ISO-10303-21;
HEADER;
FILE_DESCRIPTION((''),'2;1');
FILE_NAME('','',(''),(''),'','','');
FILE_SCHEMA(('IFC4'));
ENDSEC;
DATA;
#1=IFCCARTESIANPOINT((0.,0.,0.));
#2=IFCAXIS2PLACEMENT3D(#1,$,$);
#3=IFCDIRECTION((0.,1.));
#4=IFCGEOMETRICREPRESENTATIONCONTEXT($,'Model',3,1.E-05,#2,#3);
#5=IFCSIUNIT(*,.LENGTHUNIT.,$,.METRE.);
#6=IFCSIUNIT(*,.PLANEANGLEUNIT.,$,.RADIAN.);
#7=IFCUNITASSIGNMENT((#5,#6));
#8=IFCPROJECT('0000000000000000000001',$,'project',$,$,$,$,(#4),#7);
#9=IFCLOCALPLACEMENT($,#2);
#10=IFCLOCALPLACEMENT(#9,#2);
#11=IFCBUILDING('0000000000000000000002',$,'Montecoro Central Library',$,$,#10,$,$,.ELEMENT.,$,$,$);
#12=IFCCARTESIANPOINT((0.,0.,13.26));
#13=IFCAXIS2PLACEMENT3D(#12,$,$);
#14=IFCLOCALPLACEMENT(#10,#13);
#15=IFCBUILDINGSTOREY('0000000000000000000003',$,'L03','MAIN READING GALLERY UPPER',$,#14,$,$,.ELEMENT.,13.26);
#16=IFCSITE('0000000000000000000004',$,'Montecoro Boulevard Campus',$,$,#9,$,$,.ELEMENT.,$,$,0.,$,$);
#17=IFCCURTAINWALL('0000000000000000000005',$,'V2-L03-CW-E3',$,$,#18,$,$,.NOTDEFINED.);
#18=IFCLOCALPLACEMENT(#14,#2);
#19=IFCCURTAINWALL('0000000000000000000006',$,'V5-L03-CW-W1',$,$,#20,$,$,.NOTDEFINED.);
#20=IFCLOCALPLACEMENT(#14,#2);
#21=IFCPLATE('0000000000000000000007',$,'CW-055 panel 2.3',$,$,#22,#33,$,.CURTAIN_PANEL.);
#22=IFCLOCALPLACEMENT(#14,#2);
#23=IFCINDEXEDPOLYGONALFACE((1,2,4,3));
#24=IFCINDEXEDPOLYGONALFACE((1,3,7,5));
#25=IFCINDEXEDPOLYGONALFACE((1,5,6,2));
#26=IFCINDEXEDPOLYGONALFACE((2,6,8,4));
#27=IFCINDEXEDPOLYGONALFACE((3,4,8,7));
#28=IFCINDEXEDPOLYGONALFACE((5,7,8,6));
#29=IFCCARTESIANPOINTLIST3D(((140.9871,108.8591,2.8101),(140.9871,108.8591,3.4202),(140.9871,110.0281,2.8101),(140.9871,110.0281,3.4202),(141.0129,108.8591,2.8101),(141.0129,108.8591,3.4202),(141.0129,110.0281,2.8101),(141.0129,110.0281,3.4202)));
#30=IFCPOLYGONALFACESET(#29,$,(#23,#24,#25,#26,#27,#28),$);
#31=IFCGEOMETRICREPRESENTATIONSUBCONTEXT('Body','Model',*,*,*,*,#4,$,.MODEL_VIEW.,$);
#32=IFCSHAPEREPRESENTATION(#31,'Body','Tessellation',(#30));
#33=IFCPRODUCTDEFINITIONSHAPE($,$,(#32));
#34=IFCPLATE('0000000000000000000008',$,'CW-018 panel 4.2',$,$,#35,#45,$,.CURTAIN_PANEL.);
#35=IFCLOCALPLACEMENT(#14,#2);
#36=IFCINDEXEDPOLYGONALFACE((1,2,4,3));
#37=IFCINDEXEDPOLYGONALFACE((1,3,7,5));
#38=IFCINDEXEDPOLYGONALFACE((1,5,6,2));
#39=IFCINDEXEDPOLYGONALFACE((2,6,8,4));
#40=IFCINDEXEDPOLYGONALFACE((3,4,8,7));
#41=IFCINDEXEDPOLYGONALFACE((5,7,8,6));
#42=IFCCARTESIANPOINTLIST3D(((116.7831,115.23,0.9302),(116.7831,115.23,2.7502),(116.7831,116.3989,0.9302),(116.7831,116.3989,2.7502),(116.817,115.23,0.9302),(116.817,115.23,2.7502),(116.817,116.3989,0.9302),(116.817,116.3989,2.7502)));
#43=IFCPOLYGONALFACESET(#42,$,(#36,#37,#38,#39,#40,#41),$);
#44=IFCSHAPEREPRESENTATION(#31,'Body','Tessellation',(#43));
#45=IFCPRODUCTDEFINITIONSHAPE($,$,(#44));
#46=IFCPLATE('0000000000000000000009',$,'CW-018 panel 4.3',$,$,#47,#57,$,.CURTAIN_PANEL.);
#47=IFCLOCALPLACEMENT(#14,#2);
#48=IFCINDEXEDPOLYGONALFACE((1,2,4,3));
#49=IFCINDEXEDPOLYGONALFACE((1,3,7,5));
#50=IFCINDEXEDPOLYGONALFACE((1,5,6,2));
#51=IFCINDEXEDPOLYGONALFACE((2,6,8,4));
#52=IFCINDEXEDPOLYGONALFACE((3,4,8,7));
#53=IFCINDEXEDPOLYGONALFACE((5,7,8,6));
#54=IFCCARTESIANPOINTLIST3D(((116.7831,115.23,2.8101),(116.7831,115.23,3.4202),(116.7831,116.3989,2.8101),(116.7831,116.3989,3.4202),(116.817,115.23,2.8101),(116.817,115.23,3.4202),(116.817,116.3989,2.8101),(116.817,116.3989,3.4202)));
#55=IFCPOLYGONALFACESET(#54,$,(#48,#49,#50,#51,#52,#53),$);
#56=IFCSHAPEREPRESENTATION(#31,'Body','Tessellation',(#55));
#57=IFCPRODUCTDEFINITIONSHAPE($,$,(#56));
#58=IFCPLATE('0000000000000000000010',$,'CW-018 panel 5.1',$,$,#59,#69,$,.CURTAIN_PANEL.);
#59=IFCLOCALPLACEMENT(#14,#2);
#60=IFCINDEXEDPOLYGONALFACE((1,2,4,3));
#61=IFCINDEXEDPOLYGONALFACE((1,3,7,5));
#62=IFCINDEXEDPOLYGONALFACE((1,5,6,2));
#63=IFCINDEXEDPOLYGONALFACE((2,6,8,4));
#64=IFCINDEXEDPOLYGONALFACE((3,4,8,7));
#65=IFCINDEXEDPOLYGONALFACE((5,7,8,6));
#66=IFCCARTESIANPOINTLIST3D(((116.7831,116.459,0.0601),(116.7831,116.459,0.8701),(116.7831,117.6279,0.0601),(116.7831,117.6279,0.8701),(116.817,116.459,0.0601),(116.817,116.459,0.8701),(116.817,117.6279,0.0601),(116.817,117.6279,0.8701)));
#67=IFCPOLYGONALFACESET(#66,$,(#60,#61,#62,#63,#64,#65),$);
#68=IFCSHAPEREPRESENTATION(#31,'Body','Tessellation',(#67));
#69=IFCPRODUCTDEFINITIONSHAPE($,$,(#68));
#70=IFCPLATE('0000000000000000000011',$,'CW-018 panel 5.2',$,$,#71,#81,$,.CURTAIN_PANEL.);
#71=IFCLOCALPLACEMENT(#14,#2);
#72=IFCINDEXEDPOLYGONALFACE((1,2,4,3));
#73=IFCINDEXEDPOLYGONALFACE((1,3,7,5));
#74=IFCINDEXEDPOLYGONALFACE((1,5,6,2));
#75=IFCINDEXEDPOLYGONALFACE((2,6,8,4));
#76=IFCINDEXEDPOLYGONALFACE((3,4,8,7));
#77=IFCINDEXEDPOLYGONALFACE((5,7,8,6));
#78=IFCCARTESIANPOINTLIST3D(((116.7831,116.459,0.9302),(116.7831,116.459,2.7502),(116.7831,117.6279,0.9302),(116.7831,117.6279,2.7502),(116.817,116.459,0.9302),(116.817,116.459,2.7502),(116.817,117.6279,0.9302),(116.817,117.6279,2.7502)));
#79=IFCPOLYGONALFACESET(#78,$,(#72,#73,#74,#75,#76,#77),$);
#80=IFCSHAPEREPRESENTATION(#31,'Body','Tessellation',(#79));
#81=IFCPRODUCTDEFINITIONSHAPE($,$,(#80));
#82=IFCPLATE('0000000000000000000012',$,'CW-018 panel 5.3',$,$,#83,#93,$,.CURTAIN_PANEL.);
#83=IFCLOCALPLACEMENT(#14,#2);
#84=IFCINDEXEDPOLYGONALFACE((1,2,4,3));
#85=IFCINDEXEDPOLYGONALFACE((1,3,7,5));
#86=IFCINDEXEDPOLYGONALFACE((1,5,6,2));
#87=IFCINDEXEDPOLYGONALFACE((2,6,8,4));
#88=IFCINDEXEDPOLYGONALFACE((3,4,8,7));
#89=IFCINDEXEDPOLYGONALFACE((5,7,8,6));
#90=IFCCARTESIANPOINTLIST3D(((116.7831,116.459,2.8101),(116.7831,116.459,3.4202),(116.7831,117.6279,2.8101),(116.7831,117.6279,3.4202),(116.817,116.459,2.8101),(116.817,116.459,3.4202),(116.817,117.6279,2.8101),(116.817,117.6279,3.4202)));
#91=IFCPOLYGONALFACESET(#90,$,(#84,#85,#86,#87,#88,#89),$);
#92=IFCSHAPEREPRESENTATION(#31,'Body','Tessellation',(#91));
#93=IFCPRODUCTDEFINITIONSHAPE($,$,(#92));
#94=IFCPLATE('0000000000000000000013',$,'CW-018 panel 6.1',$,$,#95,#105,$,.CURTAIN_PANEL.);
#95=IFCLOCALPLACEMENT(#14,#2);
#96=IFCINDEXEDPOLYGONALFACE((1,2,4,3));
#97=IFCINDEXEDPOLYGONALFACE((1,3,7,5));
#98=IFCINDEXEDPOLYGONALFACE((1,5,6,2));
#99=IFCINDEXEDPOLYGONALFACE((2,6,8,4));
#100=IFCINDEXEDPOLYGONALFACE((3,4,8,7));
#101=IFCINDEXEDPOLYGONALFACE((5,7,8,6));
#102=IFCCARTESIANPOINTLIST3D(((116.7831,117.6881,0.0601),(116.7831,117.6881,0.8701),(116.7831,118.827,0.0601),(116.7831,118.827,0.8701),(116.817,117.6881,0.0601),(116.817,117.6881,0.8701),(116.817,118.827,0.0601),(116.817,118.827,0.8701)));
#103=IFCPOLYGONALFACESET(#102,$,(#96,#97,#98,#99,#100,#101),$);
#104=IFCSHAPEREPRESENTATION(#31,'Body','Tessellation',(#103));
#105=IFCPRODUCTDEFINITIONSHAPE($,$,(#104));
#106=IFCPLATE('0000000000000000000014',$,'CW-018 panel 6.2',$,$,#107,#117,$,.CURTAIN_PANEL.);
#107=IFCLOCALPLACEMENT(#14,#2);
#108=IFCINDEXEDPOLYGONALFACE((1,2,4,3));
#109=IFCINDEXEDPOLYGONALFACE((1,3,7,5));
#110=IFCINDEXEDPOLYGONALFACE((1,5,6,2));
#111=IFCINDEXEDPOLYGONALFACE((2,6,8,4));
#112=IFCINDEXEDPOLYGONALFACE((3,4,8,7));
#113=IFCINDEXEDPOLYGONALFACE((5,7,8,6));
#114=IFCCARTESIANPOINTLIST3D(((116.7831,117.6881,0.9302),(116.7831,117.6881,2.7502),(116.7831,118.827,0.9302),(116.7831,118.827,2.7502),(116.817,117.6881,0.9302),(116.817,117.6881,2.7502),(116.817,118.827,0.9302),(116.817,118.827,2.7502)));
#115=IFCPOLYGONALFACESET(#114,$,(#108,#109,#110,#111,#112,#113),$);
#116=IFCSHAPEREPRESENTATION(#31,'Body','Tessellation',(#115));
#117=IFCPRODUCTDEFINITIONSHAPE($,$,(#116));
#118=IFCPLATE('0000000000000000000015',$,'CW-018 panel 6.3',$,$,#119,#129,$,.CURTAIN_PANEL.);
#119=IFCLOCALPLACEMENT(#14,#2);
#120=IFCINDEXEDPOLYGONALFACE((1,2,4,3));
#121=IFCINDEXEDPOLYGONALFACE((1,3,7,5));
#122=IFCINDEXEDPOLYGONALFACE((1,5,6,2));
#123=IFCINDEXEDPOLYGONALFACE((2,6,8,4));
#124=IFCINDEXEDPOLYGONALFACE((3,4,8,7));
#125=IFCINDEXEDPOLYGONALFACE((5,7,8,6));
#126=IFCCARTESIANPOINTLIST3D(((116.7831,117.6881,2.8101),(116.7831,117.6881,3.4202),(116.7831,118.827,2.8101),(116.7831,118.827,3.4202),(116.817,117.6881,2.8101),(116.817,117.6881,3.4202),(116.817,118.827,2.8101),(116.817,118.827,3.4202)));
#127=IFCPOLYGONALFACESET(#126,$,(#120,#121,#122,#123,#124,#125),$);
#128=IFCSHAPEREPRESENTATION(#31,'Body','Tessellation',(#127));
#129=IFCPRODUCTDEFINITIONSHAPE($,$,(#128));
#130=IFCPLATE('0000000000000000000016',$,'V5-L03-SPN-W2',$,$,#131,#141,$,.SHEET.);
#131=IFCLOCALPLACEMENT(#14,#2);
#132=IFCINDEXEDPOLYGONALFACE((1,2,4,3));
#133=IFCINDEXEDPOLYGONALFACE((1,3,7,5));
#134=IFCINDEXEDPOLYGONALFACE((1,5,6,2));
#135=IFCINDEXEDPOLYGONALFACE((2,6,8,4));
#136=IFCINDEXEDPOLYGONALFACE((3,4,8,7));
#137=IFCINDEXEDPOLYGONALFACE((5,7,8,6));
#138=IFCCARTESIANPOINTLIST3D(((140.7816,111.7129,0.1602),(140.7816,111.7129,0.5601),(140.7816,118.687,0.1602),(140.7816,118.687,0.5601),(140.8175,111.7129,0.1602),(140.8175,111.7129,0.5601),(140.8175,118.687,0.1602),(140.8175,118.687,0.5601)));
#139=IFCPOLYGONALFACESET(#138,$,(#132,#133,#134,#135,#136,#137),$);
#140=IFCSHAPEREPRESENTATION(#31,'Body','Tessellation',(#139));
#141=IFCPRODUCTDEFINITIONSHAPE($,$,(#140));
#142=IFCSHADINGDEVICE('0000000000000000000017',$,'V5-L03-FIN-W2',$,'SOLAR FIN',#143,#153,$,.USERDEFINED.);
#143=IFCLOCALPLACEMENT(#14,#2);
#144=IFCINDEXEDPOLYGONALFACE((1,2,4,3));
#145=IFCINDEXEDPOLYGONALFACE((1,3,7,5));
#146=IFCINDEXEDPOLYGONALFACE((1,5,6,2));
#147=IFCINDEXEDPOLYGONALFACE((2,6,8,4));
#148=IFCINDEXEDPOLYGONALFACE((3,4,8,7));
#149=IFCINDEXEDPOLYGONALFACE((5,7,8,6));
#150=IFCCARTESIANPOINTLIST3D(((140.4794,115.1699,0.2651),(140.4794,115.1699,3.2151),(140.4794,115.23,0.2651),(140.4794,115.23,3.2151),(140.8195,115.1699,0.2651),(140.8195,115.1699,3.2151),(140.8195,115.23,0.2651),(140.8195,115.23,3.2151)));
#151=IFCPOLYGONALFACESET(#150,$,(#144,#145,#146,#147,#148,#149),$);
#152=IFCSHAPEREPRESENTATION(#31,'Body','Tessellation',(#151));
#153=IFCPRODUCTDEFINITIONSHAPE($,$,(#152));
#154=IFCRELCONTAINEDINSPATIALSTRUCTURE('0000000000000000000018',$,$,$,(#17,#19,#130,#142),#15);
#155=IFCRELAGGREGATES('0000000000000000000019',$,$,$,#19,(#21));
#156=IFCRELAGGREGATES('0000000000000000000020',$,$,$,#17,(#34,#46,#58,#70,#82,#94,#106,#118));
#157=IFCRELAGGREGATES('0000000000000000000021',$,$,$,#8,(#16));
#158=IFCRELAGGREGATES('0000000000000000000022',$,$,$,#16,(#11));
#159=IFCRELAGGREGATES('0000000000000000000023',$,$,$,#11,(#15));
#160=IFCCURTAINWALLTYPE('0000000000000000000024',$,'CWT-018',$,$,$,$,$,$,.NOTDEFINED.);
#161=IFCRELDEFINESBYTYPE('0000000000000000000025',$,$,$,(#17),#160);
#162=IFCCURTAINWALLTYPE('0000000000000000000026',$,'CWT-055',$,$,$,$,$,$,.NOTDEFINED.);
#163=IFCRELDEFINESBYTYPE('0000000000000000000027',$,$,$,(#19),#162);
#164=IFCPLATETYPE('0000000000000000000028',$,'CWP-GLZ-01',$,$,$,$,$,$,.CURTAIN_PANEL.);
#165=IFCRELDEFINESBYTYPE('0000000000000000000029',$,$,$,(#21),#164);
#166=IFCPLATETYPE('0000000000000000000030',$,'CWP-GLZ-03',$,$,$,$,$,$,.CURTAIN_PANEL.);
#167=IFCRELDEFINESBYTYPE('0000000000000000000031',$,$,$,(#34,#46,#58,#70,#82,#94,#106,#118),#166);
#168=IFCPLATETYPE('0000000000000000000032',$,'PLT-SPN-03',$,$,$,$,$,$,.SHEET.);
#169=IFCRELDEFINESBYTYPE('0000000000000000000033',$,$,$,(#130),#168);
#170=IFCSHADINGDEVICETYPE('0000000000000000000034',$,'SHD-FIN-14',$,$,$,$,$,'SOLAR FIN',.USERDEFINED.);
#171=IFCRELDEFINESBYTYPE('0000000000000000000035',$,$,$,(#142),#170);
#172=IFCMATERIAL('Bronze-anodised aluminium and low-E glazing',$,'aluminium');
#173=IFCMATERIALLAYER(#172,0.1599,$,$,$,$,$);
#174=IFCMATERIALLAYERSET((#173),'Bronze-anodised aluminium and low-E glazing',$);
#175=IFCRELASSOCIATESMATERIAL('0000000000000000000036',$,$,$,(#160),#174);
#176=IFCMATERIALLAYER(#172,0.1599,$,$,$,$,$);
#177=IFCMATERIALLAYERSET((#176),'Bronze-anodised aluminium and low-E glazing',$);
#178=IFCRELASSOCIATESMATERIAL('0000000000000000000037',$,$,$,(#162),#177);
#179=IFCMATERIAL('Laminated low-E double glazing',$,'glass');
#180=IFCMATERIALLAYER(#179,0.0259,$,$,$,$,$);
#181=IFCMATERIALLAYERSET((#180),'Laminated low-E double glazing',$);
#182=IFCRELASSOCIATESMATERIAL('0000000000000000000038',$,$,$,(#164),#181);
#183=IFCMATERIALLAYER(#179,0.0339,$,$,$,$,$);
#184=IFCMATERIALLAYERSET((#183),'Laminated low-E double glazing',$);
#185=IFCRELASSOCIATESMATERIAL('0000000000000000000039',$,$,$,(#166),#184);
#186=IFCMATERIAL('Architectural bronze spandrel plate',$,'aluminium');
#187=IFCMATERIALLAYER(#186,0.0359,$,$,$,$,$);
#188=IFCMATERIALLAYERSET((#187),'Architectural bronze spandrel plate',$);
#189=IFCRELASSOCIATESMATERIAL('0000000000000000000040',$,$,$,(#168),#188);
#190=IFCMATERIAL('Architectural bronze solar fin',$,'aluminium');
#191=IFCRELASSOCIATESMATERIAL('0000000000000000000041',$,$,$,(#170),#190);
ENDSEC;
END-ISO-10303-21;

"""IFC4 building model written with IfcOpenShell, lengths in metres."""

from ifc_helpers import new_model, si_unit, direction, frame, origin, origin_2d, place, context, subcontext, project, spatial, rectangle, extrude, material, layer, layer_set, type_object, element, aggregate, save


model = new_model("IFC4")

# Units and contexts
model_context = context("Model", 3, precision=1e-05, world=origin(), true_north=direction((0.0, 1.0)))
body_context = subcontext(model_context, "Body", "Model", "MODEL_VIEW")
ifc_project = project(units=[si_unit("LENGTHUNIT", "METRE"), si_unit("PLANEANGLEUNIT", "RADIAN")], contexts=[model_context])

# Site, building, storey
site_placement = place(None, origin())
site = spatial("IfcSite", under=ifc_project, at=site_placement, Name="Montecoro Boulevard Campus", CompositionType="ELEMENT", RefElevation=0.0)
building_placement = place(site_placement, origin())
building = spatial("IfcBuilding", under=site, at=building_placement, Name="Montecoro Central Library", CompositionType="ELEMENT")
storey_placement = place(building_placement, frame((0.0, 0.0, 13.26)))
storey = spatial("IfcBuildingStorey", under=building, at=storey_placement, Name="L03", Description="MAIN READING GALLERY UPPER", CompositionType="ELEMENT", Elevation=13.26)

# Curtain wall
ifc_material_1 = material(Name="Bronze-anodised aluminium and low-E glazing", Category="aluminium")
ifc_layer_1 = layer(ifc_material_1, 0.1599)
ifc_layer_set_1 = layer_set([ifc_layer_1], Name="Bronze-anodised aluminium and low-E glazing")
curtain_wall_type_1 = type_object("IfcCurtainWallType", Name="CWT-018", PredefinedType="NOTDEFINED", material=ifc_layer_set_1)
curtain_wall_1_placement = place(storey_placement, origin())
curtain_wall_1 = element("IfcCurtainWall", 1, at=curtain_wall_1_placement, inside=storey, type_object=curtain_wall_type_1, Name="V2-L03-CW-E3", PredefinedType="NOTDEFINED")

# Curtain wall
ifc_layer_2 = layer(ifc_material_1, 0.1599)
ifc_layer_set_2 = layer_set([ifc_layer_2], Name="Bronze-anodised aluminium and low-E glazing")
curtain_wall_type_2 = type_object("IfcCurtainWallType", Name="CWT-055", PredefinedType="NOTDEFINED", material=ifc_layer_set_2)
curtain_wall_2_placement = place(storey_placement, origin())
curtain_wall_2 = element("IfcCurtainWall", 2, at=curtain_wall_2_placement, inside=storey, type_object=curtain_wall_type_2, Name="V5-L03-CW-W1", PredefinedType="NOTDEFINED")

# Plates
ifc_material_2 = material(Name="Laminated low-E double glazing", Category="glass")
ifc_layer_3 = layer(ifc_material_2, 0.0259)
ifc_layer_set_3 = layer_set([ifc_layer_3], Name="Laminated low-E double glazing")
plate_type_1 = type_object("IfcPlateType", Name="CWP-GLZ-01", PredefinedType="CURTAIN_PANEL", material=ifc_layer_set_3)
plate_1_placement = place(storey_placement, frame((141.0, 109.4436, 2.8101), z_axis=(0.0, 0.0, 1.0), x_axis=(0.0, -1.0, 0.0)))
plate_1 = element("IfcPlate", 3, at=plate_1_placement, type_object=plate_type_1, Name="CW-055 panel 2.3", PredefinedType="CURTAIN_PANEL", context=body_context, shape_type="SweptSolid", body=[
    extrude(rectangle(XDim=1.1689, YDim=0.0259, at=origin_2d()), origin(), (0.0, 0.0, 1.0), 0.6101),
])
aggregate(curtain_wall_2, [plate_1])
ifc_layer_4 = layer(ifc_material_2, 0.0339)
ifc_layer_set_4 = layer_set([ifc_layer_4], Name="Laminated low-E double glazing")
plate_type_2 = type_object("IfcPlateType", Name="CWP-GLZ-03", PredefinedType="CURTAIN_PANEL", material=ifc_layer_set_4)
plate_2_placement = place(storey_placement, frame((116.8, 115.8145, 0.9302), z_axis=(0.0, 0.0, 1.0), x_axis=(0.0, 1.0, 0.0)))
plate_2 = element("IfcPlate", 4, at=plate_2_placement, type_object=plate_type_2, Name="CW-018 panel 4.2", PredefinedType="CURTAIN_PANEL", context=body_context, shape_type="SweptSolid", body=[
    extrude(rectangle(XDim=1.1689, YDim=0.0339, at=origin_2d()), origin(), (0.0, 0.0, 1.0), 1.8201),
])
plate_3_placement = place(storey_placement, frame((116.8, 115.8145, 2.8101), z_axis=(0.0, 0.0, 1.0), x_axis=(0.0, 1.0, 0.0)))
plate_3 = element("IfcPlate", 5, at=plate_3_placement, type_object=plate_type_2, Name="CW-018 panel 4.3", PredefinedType="CURTAIN_PANEL", context=body_context, shape_type="SweptSolid", body=[
    extrude(rectangle(XDim=1.1689, YDim=0.0339, at=origin_2d()), origin(), (0.0, 0.0, 1.0), 0.6101),
])
plate_4_placement = place(storey_placement, frame((116.8, 117.0435, 0.0601), z_axis=(0.0, 0.0, 1.0), x_axis=(0.0, 1.0, 0.0)))
plate_4 = element("IfcPlate", 6, at=plate_4_placement, type_object=plate_type_2, Name="CW-018 panel 5.1", PredefinedType="CURTAIN_PANEL", context=body_context, shape_type="SweptSolid", body=[
    extrude(rectangle(XDim=1.1689, YDim=0.0339, at=origin_2d()), origin(), (0.0, 0.0, 1.0), 0.8101),
])
plate_5_placement = place(storey_placement, frame((116.8, 117.0435, 0.9302), z_axis=(0.0, 0.0, 1.0), x_axis=(0.0, 1.0, 0.0)))
plate_5 = element("IfcPlate", 7, at=plate_5_placement, type_object=plate_type_2, Name="CW-018 panel 5.2", PredefinedType="CURTAIN_PANEL", context=body_context, shape_type="SweptSolid", body=[
    extrude(rectangle(XDim=1.1689, YDim=0.0339, at=origin_2d()), origin(), (0.0, 0.0, 1.0), 1.8201),
])
plate_6_placement = place(storey_placement, frame((116.8, 117.0435, 2.8101), z_axis=(0.0, 0.0, 1.0), x_axis=(0.0, 1.0, 0.0)))
plate_6 = element("IfcPlate", 8, at=plate_6_placement, type_object=plate_type_2, Name="CW-018 panel 5.3", PredefinedType="CURTAIN_PANEL", context=body_context, shape_type="SweptSolid", body=[
    extrude(rectangle(XDim=1.1689, YDim=0.0339, at=origin_2d()), origin(), (0.0, 0.0, 1.0), 0.6101),
])
plate_7_placement = place(storey_placement, frame((116.8, 118.2576, 0.0601), z_axis=(0.0, 0.0, 1.0), x_axis=(0.0, 1.0, 0.0)))
plate_7 = element("IfcPlate", 9, at=plate_7_placement, type_object=plate_type_2, Name="CW-018 panel 6.1", PredefinedType="CURTAIN_PANEL", context=body_context, shape_type="SweptSolid", body=[
    extrude(rectangle(XDim=1.1389, YDim=0.0339, at=origin_2d()), origin(), (0.0, 0.0, 1.0), 0.8101),
])
plate_8_placement = place(storey_placement, frame((116.8, 118.2576, 0.9302), z_axis=(0.0, 0.0, 1.0), x_axis=(0.0, 1.0, 0.0)))
plate_8 = element("IfcPlate", 10, at=plate_8_placement, type_object=plate_type_2, Name="CW-018 panel 6.2", PredefinedType="CURTAIN_PANEL", context=body_context, shape_type="SweptSolid", body=[
    extrude(rectangle(XDim=1.1389, YDim=0.0339, at=origin_2d()), origin(), (0.0, 0.0, 1.0), 1.8201),
])
plate_9_placement = place(storey_placement, frame((116.8, 118.2576, 2.8101), z_axis=(0.0, 0.0, 1.0), x_axis=(0.0, 1.0, 0.0)))
plate_9 = element("IfcPlate", 11, at=plate_9_placement, type_object=plate_type_2, Name="CW-018 panel 6.3", PredefinedType="CURTAIN_PANEL", context=body_context, shape_type="SweptSolid", body=[
    extrude(rectangle(XDim=1.1389, YDim=0.0339, at=origin_2d()), origin(), (0.0, 0.0, 1.0), 0.6101),
])
aggregate(curtain_wall_1, [plate_2, plate_3, plate_4, plate_5, plate_6, plate_7, plate_8, plate_9])
ifc_material_3 = material(Name="Architectural bronze spandrel plate", Category="aluminium")
ifc_layer_5 = layer(ifc_material_3, 0.0359)
ifc_layer_set_5 = layer_set([ifc_layer_5], Name="Architectural bronze spandrel plate")
plate_type_3 = type_object("IfcPlateType", Name="PLT-SPN-03", PredefinedType="SHEET", material=ifc_layer_set_5)
plate_10_placement = place(storey_placement, frame((140.7996, 115.2, 0.1602), z_axis=(0.0, 0.0, 1.0), x_axis=(0.0, -1.0, 0.0)))
element("IfcPlate", 12, at=plate_10_placement, inside=storey, type_object=plate_type_3, Name="V5-L03-SPN-W2", PredefinedType="SHEET", context=body_context, shape_type="SweptSolid", body=[
    extrude(rectangle(XDim=6.9741, YDim=0.0359, at=origin_2d()), origin(), (0.0, 0.0, 1.0), 0.3999),
])

# Shading device
ifc_material_4 = material(Name="Architectural bronze solar fin", Category="aluminium")
shading_device_type = type_object("IfcShadingDeviceType", Name="SHD-FIN-14", ElementType="SOLAR FIN", PredefinedType="USERDEFINED", material=ifc_material_4)
shading_device_placement = place(storey_placement, frame((140.6494, 115.2, 0.2651), z_axis=(0.0, 0.0, 1.0), x_axis=(0.0, -1.0, 0.0)))
element("IfcShadingDevice", 13, at=shading_device_placement, inside=storey, type_object=shading_device_type, Name="V5-L03-FIN-W2", ObjectType="SOLAR FIN", PredefinedType="USERDEFINED", context=body_context, shape_type="SweptSolid", body=[
    extrude(rectangle(XDim=0.0601, YDim=0.3401, at=origin_2d()), origin(), (0.0, 0.0, 1.0), 2.95),
])

save(model, "model.ifc")
